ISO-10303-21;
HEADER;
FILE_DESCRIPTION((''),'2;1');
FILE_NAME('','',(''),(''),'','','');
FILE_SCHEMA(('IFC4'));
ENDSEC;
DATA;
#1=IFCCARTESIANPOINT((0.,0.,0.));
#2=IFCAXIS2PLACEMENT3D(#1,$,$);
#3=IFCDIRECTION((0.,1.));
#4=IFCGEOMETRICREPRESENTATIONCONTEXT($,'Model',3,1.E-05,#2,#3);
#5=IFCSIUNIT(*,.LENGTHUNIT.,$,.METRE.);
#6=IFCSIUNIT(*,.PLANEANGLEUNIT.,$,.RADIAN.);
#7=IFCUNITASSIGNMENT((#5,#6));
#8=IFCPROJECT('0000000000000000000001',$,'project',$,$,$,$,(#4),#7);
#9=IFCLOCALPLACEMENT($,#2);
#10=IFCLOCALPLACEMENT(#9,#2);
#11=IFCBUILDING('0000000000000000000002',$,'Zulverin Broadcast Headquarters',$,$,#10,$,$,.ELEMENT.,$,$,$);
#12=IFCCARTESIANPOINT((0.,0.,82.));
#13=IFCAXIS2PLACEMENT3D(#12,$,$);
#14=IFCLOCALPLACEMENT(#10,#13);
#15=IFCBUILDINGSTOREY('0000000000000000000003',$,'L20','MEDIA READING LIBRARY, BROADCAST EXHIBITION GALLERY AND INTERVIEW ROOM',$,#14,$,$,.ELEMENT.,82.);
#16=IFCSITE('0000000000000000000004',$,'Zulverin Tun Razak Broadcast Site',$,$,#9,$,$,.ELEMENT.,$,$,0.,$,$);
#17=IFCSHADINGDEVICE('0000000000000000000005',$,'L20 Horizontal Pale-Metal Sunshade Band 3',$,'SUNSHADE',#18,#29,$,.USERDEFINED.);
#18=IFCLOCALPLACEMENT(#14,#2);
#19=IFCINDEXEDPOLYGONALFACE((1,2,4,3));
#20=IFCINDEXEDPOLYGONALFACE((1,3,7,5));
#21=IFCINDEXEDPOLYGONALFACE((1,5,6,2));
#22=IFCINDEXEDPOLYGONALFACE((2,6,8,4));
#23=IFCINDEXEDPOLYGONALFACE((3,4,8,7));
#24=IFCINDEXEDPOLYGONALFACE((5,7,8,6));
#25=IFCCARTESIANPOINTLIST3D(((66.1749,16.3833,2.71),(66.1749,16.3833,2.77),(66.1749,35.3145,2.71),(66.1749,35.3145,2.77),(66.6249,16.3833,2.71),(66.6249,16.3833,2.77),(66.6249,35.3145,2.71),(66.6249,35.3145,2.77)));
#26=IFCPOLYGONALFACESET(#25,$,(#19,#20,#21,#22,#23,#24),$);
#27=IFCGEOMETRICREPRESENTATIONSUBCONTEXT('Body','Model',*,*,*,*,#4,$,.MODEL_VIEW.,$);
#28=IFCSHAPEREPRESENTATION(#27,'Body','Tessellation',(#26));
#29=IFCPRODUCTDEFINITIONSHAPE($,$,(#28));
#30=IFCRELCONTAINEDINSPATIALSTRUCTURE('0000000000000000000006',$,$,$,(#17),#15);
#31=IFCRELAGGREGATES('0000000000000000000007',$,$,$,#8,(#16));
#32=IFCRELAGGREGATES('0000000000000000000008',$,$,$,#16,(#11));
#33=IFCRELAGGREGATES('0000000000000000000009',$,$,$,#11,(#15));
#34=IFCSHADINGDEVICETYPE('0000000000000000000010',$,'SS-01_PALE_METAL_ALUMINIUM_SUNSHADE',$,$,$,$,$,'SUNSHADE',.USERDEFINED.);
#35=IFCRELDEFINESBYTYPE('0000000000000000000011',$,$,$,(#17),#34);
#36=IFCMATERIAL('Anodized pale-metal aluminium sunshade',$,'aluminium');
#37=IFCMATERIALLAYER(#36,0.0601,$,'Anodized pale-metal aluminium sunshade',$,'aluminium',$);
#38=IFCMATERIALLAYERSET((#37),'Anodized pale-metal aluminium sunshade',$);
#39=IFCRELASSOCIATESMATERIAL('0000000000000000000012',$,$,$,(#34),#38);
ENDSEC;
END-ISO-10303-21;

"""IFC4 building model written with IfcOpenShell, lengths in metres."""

from ifc_helpers import new_model, si_unit, direction, frame, origin, origin_2d, place, context, subcontext, project, spatial, rectangle, extrude, material, layer, layer_set, type_object, element, save


model = new_model("IFC4")

# Units and contexts
model_context = context("Model", 3, precision=1e-05, world=origin(), true_north=direction((0.0, 1.0)))
body_context = subcontext(model_context, "Body", "Model", "MODEL_VIEW")
ifc_project = project(units=[si_unit("LENGTHUNIT", "METRE"), si_unit("PLANEANGLEUNIT", "RADIAN")], contexts=[model_context])

# Site, building, storey
site_placement = place(None, origin())
site = spatial("IfcSite", under=ifc_project, at=site_placement, Name="Zulverin Tun Razak Broadcast Site", CompositionType="ELEMENT", RefElevation=0.0)
building_placement = place(site_placement, origin())
building = spatial("IfcBuilding", under=site, at=building_placement, Name="Zulverin Broadcast Headquarters", CompositionType="ELEMENT")
storey_placement = place(building_placement, frame((0.0, 0.0, 82.0)))
storey = spatial("IfcBuildingStorey", under=building, at=storey_placement, Name="L20", Description="MEDIA READING LIBRARY, BROADCAST EXHIBITION GALLERY AND INTERVIEW ROOM", CompositionType="ELEMENT", Elevation=82.0)

# Shading device
ifc_material_1 = material(Name="Anodized pale-metal aluminium sunshade", Category="aluminium")
ifc_layer_1 = layer(ifc_material_1, 0.0601, Name="Anodized pale-metal aluminium sunshade", Category="aluminium")
ifc_layer_set_1 = layer_set([ifc_layer_1], Name="Anodized pale-metal aluminium sunshade")
shading_device_type = type_object("IfcShadingDeviceType", Name="SS-01_PALE_METAL_ALUMINIUM_SUNSHADE", ElementType="SUNSHADE", PredefinedType="USERDEFINED", material=ifc_layer_set_1)
shading_device_placement = place(storey_placement, frame((66.3999, 25.8489, 2.71), z_axis=(0.0, 0.0, 1.0), x_axis=(0.0, 1.0, 0.0)))
element("IfcShadingDevice", 1, at=shading_device_placement, inside=storey, type_object=shading_device_type, Name="L20 Horizontal Pale-Metal Sunshade Band 3", ObjectType="SUNSHADE", PredefinedType="USERDEFINED", context=body_context, shape_type="SweptSolid", body=[
    extrude(rectangle(XDim=18.9312, YDim=0.45, at=origin_2d()), origin(), (0.0, 0.0, 1.0), 0.0601),
])

save(model, "model.ifc")
